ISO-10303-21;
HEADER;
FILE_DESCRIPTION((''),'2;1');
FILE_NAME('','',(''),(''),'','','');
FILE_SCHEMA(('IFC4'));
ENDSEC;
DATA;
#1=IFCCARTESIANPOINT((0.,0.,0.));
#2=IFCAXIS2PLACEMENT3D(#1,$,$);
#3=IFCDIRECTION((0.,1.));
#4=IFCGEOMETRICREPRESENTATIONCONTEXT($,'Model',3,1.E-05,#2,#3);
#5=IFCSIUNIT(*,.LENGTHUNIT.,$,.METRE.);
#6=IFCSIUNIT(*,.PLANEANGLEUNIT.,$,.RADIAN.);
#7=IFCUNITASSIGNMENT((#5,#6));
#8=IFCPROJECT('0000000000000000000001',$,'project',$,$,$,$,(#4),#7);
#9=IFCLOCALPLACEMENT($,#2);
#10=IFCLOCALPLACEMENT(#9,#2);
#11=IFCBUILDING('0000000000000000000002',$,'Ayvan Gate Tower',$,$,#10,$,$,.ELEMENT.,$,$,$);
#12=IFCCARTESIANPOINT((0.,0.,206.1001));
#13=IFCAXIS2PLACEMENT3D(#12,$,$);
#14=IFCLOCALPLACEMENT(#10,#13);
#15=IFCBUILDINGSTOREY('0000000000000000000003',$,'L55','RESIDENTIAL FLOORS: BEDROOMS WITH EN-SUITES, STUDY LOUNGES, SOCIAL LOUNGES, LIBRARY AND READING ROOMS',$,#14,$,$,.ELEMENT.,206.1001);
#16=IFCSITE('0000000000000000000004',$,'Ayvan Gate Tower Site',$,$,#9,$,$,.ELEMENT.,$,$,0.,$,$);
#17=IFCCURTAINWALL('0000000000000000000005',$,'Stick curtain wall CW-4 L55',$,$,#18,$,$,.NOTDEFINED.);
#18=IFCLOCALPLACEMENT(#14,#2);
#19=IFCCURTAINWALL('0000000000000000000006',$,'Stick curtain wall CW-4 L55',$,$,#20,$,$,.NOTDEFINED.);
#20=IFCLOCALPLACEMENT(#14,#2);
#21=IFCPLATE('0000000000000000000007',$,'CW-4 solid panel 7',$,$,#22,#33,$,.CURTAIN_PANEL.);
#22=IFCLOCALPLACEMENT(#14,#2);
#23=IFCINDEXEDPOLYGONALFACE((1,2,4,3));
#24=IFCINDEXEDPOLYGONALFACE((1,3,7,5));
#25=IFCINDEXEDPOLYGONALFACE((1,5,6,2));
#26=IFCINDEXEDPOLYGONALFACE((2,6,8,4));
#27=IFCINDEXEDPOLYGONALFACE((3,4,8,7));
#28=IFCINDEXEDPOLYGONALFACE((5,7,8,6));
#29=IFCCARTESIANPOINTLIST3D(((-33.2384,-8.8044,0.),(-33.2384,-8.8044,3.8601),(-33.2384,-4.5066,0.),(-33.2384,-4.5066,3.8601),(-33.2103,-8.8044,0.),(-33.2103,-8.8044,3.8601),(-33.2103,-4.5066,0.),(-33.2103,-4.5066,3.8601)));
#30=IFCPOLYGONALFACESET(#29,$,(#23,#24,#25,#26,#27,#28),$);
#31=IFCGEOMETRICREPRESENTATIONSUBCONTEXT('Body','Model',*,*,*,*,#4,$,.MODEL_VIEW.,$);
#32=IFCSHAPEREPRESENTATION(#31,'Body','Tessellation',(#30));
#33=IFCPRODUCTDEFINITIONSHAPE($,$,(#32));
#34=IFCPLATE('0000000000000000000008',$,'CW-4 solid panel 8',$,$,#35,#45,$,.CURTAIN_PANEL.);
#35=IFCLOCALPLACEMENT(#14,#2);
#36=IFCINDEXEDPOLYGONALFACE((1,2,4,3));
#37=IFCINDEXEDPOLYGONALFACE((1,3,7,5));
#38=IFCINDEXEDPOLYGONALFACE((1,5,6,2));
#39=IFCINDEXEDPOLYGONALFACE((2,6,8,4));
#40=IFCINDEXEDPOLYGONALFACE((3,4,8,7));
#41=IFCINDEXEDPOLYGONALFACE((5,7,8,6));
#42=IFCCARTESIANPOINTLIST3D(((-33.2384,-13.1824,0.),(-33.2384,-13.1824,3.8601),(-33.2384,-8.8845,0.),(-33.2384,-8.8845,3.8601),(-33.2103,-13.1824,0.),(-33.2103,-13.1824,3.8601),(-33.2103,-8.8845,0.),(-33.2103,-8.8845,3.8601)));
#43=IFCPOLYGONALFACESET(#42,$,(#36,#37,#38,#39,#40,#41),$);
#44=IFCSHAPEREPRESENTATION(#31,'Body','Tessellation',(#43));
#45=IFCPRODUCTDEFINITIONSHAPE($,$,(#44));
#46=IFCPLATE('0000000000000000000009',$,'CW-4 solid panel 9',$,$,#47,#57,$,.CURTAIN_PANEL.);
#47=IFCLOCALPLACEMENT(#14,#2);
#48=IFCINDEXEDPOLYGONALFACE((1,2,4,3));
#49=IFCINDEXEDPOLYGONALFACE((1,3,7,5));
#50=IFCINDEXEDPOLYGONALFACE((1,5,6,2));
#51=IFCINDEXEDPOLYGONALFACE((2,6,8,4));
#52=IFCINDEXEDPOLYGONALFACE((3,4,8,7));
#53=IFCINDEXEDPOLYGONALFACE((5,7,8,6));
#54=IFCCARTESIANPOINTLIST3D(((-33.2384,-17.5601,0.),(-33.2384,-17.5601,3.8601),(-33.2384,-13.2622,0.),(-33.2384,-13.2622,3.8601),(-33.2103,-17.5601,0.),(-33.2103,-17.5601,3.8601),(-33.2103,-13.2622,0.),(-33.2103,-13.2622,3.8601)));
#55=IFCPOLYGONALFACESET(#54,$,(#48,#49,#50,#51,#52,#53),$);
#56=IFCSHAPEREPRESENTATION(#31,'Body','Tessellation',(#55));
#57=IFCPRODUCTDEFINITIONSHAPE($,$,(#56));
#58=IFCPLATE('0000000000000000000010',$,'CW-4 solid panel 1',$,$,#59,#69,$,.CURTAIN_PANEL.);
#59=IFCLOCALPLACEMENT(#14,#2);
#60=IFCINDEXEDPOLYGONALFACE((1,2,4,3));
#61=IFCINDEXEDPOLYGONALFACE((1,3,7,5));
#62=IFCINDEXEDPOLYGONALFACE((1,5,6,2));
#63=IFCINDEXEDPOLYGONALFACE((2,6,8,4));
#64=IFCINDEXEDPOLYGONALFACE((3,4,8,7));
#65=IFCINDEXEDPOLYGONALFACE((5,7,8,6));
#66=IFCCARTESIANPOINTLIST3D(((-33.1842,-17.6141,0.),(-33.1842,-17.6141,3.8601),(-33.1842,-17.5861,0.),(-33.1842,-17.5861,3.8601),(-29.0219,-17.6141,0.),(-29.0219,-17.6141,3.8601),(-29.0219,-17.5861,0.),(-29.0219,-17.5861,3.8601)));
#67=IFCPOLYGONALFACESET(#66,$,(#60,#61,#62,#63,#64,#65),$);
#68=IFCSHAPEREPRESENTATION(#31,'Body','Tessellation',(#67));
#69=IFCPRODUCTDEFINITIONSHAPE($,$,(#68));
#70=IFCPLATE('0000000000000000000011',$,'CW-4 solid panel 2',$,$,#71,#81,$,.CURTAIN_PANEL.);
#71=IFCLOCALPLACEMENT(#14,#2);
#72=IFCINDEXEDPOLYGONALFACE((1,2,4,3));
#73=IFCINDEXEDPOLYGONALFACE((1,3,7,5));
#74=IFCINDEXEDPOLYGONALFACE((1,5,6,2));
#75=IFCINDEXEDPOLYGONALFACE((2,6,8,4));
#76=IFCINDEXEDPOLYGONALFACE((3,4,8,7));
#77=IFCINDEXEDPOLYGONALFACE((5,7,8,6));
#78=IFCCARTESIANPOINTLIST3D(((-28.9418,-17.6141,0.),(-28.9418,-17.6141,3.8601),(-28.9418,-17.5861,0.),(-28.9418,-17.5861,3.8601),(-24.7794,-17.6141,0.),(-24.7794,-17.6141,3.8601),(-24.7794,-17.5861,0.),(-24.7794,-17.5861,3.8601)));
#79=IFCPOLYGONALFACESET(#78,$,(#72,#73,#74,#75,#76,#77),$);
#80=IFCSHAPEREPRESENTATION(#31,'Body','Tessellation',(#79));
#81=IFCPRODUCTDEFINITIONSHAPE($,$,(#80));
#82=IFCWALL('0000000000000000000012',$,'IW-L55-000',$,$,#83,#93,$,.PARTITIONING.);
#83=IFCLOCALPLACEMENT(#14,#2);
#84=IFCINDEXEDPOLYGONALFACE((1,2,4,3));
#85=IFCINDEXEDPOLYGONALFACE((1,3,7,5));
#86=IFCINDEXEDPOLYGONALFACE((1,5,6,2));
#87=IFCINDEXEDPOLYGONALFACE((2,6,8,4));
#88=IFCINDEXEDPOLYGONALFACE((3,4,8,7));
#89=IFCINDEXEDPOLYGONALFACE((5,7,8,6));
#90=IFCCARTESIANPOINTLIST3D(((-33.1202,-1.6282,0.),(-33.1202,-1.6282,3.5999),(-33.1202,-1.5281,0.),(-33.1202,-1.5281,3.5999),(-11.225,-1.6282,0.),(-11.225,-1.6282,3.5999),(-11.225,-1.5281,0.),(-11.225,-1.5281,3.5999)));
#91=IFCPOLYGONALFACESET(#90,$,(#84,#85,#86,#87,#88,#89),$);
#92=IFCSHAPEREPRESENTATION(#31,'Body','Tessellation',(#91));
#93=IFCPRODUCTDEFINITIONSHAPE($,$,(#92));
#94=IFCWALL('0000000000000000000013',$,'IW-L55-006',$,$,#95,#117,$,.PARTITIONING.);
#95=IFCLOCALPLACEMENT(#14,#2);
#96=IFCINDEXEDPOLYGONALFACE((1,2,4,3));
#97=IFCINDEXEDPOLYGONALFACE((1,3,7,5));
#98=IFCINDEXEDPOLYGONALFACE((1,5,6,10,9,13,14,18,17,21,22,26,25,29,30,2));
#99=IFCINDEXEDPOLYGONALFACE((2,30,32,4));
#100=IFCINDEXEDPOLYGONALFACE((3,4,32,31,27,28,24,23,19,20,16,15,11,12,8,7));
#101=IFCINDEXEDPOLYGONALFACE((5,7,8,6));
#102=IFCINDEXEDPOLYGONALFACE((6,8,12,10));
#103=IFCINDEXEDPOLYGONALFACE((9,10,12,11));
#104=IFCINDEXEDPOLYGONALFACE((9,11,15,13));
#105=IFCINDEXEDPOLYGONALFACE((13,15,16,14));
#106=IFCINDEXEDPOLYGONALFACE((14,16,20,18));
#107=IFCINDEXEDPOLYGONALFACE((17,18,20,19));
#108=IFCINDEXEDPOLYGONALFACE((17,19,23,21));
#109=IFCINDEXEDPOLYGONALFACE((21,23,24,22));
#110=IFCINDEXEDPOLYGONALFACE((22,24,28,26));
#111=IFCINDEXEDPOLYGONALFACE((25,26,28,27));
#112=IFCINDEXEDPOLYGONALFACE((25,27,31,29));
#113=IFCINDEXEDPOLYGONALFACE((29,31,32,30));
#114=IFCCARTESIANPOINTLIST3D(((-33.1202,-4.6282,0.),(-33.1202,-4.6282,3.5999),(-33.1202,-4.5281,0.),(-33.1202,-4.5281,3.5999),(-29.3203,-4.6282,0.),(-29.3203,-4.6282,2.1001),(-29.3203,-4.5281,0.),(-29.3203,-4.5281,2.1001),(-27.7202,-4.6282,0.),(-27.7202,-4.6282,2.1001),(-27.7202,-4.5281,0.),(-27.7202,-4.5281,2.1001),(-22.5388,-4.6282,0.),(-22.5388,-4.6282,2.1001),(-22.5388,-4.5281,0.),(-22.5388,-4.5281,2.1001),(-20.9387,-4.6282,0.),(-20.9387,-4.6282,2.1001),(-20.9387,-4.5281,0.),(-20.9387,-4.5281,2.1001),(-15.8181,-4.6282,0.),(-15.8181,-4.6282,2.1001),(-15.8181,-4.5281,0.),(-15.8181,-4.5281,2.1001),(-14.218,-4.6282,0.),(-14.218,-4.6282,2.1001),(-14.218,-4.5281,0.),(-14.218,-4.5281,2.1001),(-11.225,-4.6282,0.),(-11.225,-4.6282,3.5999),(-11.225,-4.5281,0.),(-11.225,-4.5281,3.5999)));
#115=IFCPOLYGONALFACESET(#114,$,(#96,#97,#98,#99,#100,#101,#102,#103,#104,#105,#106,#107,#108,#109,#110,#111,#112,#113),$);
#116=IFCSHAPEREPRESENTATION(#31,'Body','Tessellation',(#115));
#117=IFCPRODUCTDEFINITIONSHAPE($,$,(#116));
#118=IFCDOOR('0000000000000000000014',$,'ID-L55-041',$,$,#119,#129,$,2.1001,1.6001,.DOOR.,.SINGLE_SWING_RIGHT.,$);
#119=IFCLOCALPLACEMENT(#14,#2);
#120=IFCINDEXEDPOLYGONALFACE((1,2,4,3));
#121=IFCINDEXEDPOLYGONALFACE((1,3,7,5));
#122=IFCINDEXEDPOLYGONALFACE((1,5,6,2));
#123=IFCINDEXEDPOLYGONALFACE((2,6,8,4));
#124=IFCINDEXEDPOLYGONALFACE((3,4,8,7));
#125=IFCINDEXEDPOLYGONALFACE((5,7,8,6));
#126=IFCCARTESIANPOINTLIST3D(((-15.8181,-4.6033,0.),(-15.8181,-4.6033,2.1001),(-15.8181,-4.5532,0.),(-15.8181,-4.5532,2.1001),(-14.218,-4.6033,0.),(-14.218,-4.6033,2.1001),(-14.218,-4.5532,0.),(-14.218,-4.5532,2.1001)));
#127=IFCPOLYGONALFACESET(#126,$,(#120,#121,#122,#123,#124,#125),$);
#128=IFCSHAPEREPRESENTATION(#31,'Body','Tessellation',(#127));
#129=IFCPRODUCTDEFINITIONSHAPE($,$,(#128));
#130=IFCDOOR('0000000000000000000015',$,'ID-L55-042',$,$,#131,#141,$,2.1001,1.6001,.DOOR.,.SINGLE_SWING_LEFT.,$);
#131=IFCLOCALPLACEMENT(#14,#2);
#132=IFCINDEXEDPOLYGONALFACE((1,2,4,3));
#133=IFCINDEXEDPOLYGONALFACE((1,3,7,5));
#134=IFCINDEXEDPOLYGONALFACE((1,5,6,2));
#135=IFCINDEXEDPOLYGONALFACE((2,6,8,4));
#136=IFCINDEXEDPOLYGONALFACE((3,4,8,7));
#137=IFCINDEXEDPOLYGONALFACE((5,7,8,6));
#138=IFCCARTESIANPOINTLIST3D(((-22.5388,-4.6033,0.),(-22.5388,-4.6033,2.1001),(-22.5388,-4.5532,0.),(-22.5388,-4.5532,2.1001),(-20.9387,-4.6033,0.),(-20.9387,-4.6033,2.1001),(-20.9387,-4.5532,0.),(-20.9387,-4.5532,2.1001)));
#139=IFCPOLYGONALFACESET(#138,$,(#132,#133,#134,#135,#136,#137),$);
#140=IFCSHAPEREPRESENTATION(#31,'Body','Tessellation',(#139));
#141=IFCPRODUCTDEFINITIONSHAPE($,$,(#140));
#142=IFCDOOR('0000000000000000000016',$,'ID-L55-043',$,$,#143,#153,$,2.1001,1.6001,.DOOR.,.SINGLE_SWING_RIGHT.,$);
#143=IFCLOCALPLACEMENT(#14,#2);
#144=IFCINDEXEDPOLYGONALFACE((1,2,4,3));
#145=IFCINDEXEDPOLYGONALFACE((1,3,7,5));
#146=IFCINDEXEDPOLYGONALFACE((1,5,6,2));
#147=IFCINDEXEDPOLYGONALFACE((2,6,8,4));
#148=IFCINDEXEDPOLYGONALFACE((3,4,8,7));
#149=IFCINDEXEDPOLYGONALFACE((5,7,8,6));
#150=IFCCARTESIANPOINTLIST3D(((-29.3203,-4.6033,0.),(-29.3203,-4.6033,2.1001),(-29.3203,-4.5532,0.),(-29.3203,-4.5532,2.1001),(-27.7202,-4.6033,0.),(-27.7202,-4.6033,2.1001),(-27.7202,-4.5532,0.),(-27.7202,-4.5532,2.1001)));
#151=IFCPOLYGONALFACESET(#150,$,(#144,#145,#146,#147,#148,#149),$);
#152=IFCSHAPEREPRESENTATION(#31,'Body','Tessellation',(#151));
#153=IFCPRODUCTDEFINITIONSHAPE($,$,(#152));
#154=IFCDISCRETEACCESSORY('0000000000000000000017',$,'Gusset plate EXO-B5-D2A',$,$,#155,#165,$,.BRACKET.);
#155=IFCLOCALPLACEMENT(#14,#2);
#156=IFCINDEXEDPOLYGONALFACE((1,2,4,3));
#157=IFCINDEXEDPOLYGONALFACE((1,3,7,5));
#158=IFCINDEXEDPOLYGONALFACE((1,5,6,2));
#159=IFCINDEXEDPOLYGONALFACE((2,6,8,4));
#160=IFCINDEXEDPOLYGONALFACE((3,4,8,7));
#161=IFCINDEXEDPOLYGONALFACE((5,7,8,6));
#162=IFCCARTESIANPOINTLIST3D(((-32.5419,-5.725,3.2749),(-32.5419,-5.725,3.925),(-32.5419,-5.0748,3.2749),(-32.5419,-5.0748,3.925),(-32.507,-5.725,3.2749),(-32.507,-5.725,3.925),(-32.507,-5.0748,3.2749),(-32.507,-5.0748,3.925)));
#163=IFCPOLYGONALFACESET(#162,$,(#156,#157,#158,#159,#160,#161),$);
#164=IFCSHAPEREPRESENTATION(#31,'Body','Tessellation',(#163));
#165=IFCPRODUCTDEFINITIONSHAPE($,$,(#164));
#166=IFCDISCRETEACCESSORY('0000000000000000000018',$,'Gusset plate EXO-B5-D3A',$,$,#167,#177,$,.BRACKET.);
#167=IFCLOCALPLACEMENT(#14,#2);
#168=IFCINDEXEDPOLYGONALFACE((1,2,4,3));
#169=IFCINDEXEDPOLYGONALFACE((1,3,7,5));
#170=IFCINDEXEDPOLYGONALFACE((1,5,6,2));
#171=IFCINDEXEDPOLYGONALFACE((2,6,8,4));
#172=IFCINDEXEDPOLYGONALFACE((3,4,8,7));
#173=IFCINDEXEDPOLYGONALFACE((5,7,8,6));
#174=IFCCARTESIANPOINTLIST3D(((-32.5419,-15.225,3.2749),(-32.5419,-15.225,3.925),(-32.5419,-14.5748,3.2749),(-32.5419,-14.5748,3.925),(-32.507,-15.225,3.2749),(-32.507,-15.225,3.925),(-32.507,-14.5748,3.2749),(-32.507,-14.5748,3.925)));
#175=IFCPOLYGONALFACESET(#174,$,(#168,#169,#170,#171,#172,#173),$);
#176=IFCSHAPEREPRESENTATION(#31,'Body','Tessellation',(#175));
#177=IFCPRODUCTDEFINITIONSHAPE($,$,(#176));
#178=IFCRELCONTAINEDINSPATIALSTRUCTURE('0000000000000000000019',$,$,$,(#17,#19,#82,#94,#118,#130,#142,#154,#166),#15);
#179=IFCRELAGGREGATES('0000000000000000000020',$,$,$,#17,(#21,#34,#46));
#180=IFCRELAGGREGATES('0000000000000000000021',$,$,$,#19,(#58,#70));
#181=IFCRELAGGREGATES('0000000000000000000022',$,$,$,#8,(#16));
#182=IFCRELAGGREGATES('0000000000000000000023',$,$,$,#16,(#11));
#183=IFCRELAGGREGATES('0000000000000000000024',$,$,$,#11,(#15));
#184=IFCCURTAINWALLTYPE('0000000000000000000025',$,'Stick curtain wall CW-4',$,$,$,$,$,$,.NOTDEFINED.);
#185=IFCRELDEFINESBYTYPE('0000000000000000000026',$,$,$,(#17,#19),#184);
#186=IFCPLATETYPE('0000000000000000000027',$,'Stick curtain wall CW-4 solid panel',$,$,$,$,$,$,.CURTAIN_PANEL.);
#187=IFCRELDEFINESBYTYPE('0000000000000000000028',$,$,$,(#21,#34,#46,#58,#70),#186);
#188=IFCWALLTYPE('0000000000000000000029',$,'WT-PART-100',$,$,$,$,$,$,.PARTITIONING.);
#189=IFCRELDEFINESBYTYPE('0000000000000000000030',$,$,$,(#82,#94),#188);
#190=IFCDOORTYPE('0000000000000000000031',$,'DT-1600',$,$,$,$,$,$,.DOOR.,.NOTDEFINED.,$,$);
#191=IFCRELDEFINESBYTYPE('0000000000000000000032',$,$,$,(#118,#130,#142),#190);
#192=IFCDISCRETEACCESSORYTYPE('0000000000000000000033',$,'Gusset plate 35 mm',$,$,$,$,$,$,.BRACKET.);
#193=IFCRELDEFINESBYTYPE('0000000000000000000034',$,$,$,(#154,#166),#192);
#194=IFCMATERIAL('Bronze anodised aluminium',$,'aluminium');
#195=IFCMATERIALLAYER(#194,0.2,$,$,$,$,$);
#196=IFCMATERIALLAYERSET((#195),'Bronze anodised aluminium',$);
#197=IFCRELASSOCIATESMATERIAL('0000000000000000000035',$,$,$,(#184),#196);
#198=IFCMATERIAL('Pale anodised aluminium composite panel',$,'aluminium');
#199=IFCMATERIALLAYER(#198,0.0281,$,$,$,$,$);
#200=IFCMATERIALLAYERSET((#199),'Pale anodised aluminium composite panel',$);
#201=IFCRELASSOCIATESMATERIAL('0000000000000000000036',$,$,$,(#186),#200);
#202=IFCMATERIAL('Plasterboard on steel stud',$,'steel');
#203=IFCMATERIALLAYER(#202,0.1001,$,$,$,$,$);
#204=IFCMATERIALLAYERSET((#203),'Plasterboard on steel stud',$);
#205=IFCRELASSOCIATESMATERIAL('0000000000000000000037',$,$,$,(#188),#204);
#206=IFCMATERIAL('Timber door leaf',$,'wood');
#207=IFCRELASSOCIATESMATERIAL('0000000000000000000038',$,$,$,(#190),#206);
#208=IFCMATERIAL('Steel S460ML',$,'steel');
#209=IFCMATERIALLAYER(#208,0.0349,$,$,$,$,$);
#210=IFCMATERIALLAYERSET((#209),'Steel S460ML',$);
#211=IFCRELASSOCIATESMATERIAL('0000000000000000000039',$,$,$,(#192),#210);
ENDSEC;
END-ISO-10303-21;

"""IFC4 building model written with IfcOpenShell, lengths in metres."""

from ifc_helpers import new_model, si_unit, direction, frame, frame_2d, origin, origin_2d, place, context, subcontext, project, spatial, rectangle, extrude, material, layer, layer_set, type_object, element, fill, aggregate, save


model = new_model("IFC4")

# Units and contexts
model_context = context("Model", 3, precision=1e-05, world=origin(), true_north=direction((0.0, 1.0)))
body_context = subcontext(model_context, "Body", "Model", "MODEL_VIEW")
ifc_project = project(units=[si_unit("LENGTHUNIT", "METRE"), si_unit("PLANEANGLEUNIT", "RADIAN")], contexts=[model_context])

# Site, building, storey
site_placement = place(None, origin())
site = spatial("IfcSite", under=ifc_project, at=site_placement, Name="Ayvan Gate Tower Site", CompositionType="ELEMENT", RefElevation=0.0)
building_placement = place(site_placement, origin())
building = spatial("IfcBuilding", under=site, at=building_placement, Name="Ayvan Gate Tower", CompositionType="ELEMENT")
storey_placement = place(building_placement, frame((0.0, 0.0, 206.1001)))
storey = spatial("IfcBuildingStorey", under=building, at=storey_placement, Name="L55", Description="RESIDENTIAL FLOORS: BEDROOMS WITH EN-SUITES, STUDY LOUNGES, SOCIAL LOUNGES, LIBRARY AND READING ROOMS", CompositionType="ELEMENT", Elevation=206.1001)

# Curtain walls
ifc_material_1 = material(Name="Bronze anodised aluminium", Category="aluminium")
ifc_layer_1 = layer(ifc_material_1, 0.2)
ifc_layer_set_1 = layer_set([ifc_layer_1], Name="Bronze anodised aluminium")
curtain_wall_type = type_object("IfcCurtainWallType", Name="Stick curtain wall CW-4", PredefinedType="NOTDEFINED", material=ifc_layer_set_1)
curtain_wall_1_placement = place(storey_placement, origin())
curtain_wall_1 = element("IfcCurtainWall", 1, at=curtain_wall_1_placement, inside=storey, type_object=curtain_wall_type, Name="Stick curtain wall CW-4 L55", PredefinedType="NOTDEFINED")
curtain_wall_2_placement = place(storey_placement, origin())
curtain_wall_2 = element("IfcCurtainWall", 2, at=curtain_wall_2_placement, inside=storey, type_object=curtain_wall_type, Name="Stick curtain wall CW-4 L55", PredefinedType="NOTDEFINED")

# Plates
ifc_material_2 = material(Name="Pale anodised aluminium composite panel", Category="aluminium")
ifc_layer_2 = layer(ifc_material_2, 0.0281)
ifc_layer_set_2 = layer_set([ifc_layer_2], Name="Pale anodised aluminium composite panel")
plate_type = type_object("IfcPlateType", Name="Stick curtain wall CW-4 solid panel", PredefinedType="CURTAIN_PANEL", material=ifc_layer_set_2)
plate_1_placement = place(storey_placement, frame((-33.2244, -6.6555, 0.0), z_axis=(0.0, 0.0, 1.0), x_axis=(0.0, -1.0, 0.0)))
plate_1 = element("IfcPlate", 3, at=plate_1_placement, type_object=plate_type, Name="CW-4 solid panel 7", PredefinedType="CURTAIN_PANEL", context=body_context, shape_type="SweptSolid", body=[
    extrude(rectangle(XDim=4.2979, YDim=0.0281, at=origin_2d()), origin(), (0.0, 0.0, 1.0), 3.8601),
])
plate_2_placement = place(storey_placement, frame((-33.2244, -11.0334, 0.0), z_axis=(0.0, 0.0, 1.0), x_axis=(0.0, -1.0, 0.0)))
plate_2 = element("IfcPlate", 4, at=plate_2_placement, type_object=plate_type, Name="CW-4 solid panel 8", PredefinedType="CURTAIN_PANEL", context=body_context, shape_type="SweptSolid", body=[
    extrude(rectangle(XDim=4.2979, YDim=0.0281, at=origin_2d()), origin(), (0.0, 0.0, 1.0), 3.8601),
])
plate_3_placement = place(storey_placement, frame((-33.2244, -15.4111, 0.0), z_axis=(0.0, 0.0, 1.0), x_axis=(0.0, -1.0, 0.0)))
plate_3 = element("IfcPlate", 5, at=plate_3_placement, type_object=plate_type, Name="CW-4 solid panel 9", PredefinedType="CURTAIN_PANEL", context=body_context, shape_type="SweptSolid", body=[
    extrude(rectangle(XDim=4.2979, YDim=0.0281, at=origin_2d()), origin(), (0.0, 0.0, 1.0), 3.8601),
])
aggregate(curtain_wall_1, [plate_1, plate_2, plate_3])
plate_4_placement = place(storey_placement, frame((-31.103, -17.6001, 0.0), z_axis=(0.0, 0.0, 1.0), x_axis=(1.0, 0.0, 0.0)))
plate_4 = element("IfcPlate", 6, at=plate_4_placement, type_object=plate_type, Name="CW-4 solid panel 1", PredefinedType="CURTAIN_PANEL", context=body_context, shape_type="SweptSolid", body=[
    extrude(rectangle(XDim=4.1624, YDim=0.0281, at=origin_2d()), origin(), (0.0, 0.0, 1.0), 3.8601),
])
plate_5_placement = place(storey_placement, frame((-26.8606, -17.6001, 0.0), z_axis=(0.0, 0.0, 1.0), x_axis=(1.0, 0.0, 0.0)))
plate_5 = element("IfcPlate", 7, at=plate_5_placement, type_object=plate_type, Name="CW-4 solid panel 2", PredefinedType="CURTAIN_PANEL", context=body_context, shape_type="SweptSolid", body=[
    extrude(rectangle(XDim=4.1624, YDim=0.0281, at=origin_2d()), origin(), (0.0, 0.0, 1.0), 3.8601),
])
aggregate(curtain_wall_2, [plate_4, plate_5])

# Wall
ifc_material_3 = material(Name="Plasterboard on steel stud", Category="steel")
ifc_layer_3 = layer(ifc_material_3, 0.1001)
ifc_layer_set_3 = layer_set([ifc_layer_3], Name="Plasterboard on steel stud")
wall_type = type_object("IfcWallType", Name="WT-PART-100", PredefinedType="PARTITIONING", material=ifc_layer_set_3)
wall_1_placement = place(storey_placement, frame((-33.1204, -1.5781, 0.0), z_axis=(0.0, 0.0, 1.0), x_axis=(1.0, 0.0, 0.0)))
element("IfcWall", 8, at=wall_1_placement, inside=storey, type_object=wall_type, Name="IW-L55-000", PredefinedType="PARTITIONING", context=body_context, shape_type="SweptSolid", body=[
    extrude(rectangle(XDim=21.8953, YDim=0.1001, at=frame_2d((10.9478, 0.0))), origin(), (0.0, 0.0, 1.0), 3.5999),
])

# Wall, openings, doors
wall_2_placement = place(storey_placement, frame((-33.1204, -4.5781, 0.0), z_axis=(0.0, 0.0, 1.0), x_axis=(1.0, 0.0, 0.0)))
wall_2 = element("IfcWall", 9, at=wall_2_placement, inside=storey, type_object=wall_type, Name="IW-L55-006", PredefinedType="PARTITIONING", context=body_context, shape_type="SweptSolid", body=[
    extrude(rectangle(XDim=21.8953, YDim=0.1001, at=frame_2d((10.9478, 0.0))), origin(), (0.0, 0.0, 1.0), 3.5999),
])
opening_1_placement = place(wall_2_placement, frame((17.3022, 0.0, 0.0)))
opening_1 = element("IfcOpeningElement", 10, at=opening_1_placement, cuts=wall_2, PredefinedType="OPENING", context=body_context, shape_type="SweptSolid", body=[
    extrude(rectangle(XDim=1.6001, YDim=2.1001, at=frame_2d((0.8, 1.05))), frame((0.0, 0.0601, 0.0), z_axis=(0.0, -1.0, 0.0), x_axis=(1.0, 0.0, 0.0)), (0.0, 0.0, 1.0), 0.1201),
])
opening_2_placement = place(wall_2_placement, frame((10.5815, 0.0, 0.0)))
opening_2 = element("IfcOpeningElement", 11, at=opening_2_placement, cuts=wall_2, PredefinedType="OPENING", context=body_context, shape_type="SweptSolid", body=[
    extrude(rectangle(XDim=1.6001, YDim=2.1001, at=frame_2d((0.8, 1.05))), frame((0.0, 0.0601, 0.0), z_axis=(0.0, -1.0, 0.0), x_axis=(1.0, 0.0, 0.0)), (0.0, 0.0, 1.0), 0.1201),
])
opening_3_placement = place(wall_2_placement, frame((3.8, 0.0, 0.0)))
opening_3 = element("IfcOpeningElement", 12, at=opening_3_placement, cuts=wall_2, PredefinedType="OPENING", context=body_context, shape_type="SweptSolid", body=[
    extrude(rectangle(XDim=1.6001, YDim=2.1001, at=frame_2d((0.8, 1.05))), frame((0.0, 0.0601, 0.0), z_axis=(0.0, -1.0, 0.0), x_axis=(1.0, 0.0, 0.0)), (0.0, 0.0, 1.0), 0.1201),
])
ifc_material_4 = material(Name="Timber door leaf", Category="wood")
door_type = type_object("IfcDoorType", Name="DT-1600", OperationType="NOTDEFINED", PredefinedType="DOOR", material=ifc_material_4)
door_1_placement = place(opening_1_placement, origin())
door_1 = element("IfcDoor", 13, at=door_1_placement, inside=storey, type_object=door_type, Name="ID-L55-041", OperationType="SINGLE_SWING_RIGHT", OverallHeight=2.1001, OverallWidth=1.6001, PredefinedType="DOOR", context=body_context, shape_type="SweptSolid", body=[
    extrude(rectangle(XDim=1.6001, YDim=2.1001, at=frame_2d((0.8, 1.05))), frame((0.0, 0.0249, 0.0), z_axis=(0.0, -1.0, 0.0), x_axis=(1.0, 0.0, 0.0)), (0.0, 0.0, 1.0), 0.05),
])
fill(opening_1, door_1)
door_2_placement = place(opening_2_placement, origin())
door_2 = element("IfcDoor", 14, at=door_2_placement, inside=storey, type_object=door_type, Name="ID-L55-042", OperationType="SINGLE_SWING_LEFT", OverallHeight=2.1001, OverallWidth=1.6001, PredefinedType="DOOR", context=body_context, shape_type="SweptSolid", body=[
    extrude(rectangle(XDim=1.6001, YDim=2.1001, at=frame_2d((0.8, 1.05))), frame((0.0, 0.0249, 0.0), z_axis=(0.0, -1.0, 0.0), x_axis=(1.0, 0.0, 0.0)), (0.0, 0.0, 1.0), 0.05),
])
fill(opening_2, door_2)
door_3_placement = place(opening_3_placement, origin())
door_3 = element("IfcDoor", 15, at=door_3_placement, inside=storey, type_object=door_type, Name="ID-L55-043", OperationType="SINGLE_SWING_RIGHT", OverallHeight=2.1001, OverallWidth=1.6001, PredefinedType="DOOR", context=body_context, shape_type="SweptSolid", body=[
    extrude(rectangle(XDim=1.6001, YDim=2.1001, at=frame_2d((0.8, 1.05))), frame((0.0, 0.0249, 0.0), z_axis=(0.0, -1.0, 0.0), x_axis=(1.0, 0.0, 0.0)), (0.0, 0.0, 1.0), 0.05),
])
fill(opening_3, door_3)

# Discrete accessories
ifc_material_5 = material(Name="Steel S460ML", Category="steel")
ifc_layer_4 = layer(ifc_material_5, 0.0349)
ifc_layer_set_4 = layer_set([ifc_layer_4], Name="Steel S460ML")
discrete_accessory_type = type_object("IfcDiscreteAccessoryType", Name="Gusset plate 35 mm", PredefinedType="BRACKET", material=ifc_layer_set_4)
for number, where, z_axis, x_axis, name in (
    (16, (-32.5244, -5.3999, 3.2749), (0.0, 0.0, 1.0), (0.0, 1.0, 0.0), "Gusset plate EXO-B5-D2A"),
    (17, (-32.5244, -14.8999, 3.2749), (0.0, 0.0, 1.0), (0.0, 1.0, 0.0), "Gusset plate EXO-B5-D3A"),
):
    element("IfcDiscreteAccessory", number, at=place(storey_placement, frame(where, z_axis=z_axis, x_axis=x_axis)), inside=storey, type_object=discrete_accessory_type, Name=name, PredefinedType="BRACKET", context=body_context, shape_type="SweptSolid", body=[
        extrude(rectangle(XDim=0.6501, YDim=0.0349, at=origin_2d()), origin(), (0.0, 0.0, 1.0), 0.6501),
    ])

save(model, "model.ifc")
